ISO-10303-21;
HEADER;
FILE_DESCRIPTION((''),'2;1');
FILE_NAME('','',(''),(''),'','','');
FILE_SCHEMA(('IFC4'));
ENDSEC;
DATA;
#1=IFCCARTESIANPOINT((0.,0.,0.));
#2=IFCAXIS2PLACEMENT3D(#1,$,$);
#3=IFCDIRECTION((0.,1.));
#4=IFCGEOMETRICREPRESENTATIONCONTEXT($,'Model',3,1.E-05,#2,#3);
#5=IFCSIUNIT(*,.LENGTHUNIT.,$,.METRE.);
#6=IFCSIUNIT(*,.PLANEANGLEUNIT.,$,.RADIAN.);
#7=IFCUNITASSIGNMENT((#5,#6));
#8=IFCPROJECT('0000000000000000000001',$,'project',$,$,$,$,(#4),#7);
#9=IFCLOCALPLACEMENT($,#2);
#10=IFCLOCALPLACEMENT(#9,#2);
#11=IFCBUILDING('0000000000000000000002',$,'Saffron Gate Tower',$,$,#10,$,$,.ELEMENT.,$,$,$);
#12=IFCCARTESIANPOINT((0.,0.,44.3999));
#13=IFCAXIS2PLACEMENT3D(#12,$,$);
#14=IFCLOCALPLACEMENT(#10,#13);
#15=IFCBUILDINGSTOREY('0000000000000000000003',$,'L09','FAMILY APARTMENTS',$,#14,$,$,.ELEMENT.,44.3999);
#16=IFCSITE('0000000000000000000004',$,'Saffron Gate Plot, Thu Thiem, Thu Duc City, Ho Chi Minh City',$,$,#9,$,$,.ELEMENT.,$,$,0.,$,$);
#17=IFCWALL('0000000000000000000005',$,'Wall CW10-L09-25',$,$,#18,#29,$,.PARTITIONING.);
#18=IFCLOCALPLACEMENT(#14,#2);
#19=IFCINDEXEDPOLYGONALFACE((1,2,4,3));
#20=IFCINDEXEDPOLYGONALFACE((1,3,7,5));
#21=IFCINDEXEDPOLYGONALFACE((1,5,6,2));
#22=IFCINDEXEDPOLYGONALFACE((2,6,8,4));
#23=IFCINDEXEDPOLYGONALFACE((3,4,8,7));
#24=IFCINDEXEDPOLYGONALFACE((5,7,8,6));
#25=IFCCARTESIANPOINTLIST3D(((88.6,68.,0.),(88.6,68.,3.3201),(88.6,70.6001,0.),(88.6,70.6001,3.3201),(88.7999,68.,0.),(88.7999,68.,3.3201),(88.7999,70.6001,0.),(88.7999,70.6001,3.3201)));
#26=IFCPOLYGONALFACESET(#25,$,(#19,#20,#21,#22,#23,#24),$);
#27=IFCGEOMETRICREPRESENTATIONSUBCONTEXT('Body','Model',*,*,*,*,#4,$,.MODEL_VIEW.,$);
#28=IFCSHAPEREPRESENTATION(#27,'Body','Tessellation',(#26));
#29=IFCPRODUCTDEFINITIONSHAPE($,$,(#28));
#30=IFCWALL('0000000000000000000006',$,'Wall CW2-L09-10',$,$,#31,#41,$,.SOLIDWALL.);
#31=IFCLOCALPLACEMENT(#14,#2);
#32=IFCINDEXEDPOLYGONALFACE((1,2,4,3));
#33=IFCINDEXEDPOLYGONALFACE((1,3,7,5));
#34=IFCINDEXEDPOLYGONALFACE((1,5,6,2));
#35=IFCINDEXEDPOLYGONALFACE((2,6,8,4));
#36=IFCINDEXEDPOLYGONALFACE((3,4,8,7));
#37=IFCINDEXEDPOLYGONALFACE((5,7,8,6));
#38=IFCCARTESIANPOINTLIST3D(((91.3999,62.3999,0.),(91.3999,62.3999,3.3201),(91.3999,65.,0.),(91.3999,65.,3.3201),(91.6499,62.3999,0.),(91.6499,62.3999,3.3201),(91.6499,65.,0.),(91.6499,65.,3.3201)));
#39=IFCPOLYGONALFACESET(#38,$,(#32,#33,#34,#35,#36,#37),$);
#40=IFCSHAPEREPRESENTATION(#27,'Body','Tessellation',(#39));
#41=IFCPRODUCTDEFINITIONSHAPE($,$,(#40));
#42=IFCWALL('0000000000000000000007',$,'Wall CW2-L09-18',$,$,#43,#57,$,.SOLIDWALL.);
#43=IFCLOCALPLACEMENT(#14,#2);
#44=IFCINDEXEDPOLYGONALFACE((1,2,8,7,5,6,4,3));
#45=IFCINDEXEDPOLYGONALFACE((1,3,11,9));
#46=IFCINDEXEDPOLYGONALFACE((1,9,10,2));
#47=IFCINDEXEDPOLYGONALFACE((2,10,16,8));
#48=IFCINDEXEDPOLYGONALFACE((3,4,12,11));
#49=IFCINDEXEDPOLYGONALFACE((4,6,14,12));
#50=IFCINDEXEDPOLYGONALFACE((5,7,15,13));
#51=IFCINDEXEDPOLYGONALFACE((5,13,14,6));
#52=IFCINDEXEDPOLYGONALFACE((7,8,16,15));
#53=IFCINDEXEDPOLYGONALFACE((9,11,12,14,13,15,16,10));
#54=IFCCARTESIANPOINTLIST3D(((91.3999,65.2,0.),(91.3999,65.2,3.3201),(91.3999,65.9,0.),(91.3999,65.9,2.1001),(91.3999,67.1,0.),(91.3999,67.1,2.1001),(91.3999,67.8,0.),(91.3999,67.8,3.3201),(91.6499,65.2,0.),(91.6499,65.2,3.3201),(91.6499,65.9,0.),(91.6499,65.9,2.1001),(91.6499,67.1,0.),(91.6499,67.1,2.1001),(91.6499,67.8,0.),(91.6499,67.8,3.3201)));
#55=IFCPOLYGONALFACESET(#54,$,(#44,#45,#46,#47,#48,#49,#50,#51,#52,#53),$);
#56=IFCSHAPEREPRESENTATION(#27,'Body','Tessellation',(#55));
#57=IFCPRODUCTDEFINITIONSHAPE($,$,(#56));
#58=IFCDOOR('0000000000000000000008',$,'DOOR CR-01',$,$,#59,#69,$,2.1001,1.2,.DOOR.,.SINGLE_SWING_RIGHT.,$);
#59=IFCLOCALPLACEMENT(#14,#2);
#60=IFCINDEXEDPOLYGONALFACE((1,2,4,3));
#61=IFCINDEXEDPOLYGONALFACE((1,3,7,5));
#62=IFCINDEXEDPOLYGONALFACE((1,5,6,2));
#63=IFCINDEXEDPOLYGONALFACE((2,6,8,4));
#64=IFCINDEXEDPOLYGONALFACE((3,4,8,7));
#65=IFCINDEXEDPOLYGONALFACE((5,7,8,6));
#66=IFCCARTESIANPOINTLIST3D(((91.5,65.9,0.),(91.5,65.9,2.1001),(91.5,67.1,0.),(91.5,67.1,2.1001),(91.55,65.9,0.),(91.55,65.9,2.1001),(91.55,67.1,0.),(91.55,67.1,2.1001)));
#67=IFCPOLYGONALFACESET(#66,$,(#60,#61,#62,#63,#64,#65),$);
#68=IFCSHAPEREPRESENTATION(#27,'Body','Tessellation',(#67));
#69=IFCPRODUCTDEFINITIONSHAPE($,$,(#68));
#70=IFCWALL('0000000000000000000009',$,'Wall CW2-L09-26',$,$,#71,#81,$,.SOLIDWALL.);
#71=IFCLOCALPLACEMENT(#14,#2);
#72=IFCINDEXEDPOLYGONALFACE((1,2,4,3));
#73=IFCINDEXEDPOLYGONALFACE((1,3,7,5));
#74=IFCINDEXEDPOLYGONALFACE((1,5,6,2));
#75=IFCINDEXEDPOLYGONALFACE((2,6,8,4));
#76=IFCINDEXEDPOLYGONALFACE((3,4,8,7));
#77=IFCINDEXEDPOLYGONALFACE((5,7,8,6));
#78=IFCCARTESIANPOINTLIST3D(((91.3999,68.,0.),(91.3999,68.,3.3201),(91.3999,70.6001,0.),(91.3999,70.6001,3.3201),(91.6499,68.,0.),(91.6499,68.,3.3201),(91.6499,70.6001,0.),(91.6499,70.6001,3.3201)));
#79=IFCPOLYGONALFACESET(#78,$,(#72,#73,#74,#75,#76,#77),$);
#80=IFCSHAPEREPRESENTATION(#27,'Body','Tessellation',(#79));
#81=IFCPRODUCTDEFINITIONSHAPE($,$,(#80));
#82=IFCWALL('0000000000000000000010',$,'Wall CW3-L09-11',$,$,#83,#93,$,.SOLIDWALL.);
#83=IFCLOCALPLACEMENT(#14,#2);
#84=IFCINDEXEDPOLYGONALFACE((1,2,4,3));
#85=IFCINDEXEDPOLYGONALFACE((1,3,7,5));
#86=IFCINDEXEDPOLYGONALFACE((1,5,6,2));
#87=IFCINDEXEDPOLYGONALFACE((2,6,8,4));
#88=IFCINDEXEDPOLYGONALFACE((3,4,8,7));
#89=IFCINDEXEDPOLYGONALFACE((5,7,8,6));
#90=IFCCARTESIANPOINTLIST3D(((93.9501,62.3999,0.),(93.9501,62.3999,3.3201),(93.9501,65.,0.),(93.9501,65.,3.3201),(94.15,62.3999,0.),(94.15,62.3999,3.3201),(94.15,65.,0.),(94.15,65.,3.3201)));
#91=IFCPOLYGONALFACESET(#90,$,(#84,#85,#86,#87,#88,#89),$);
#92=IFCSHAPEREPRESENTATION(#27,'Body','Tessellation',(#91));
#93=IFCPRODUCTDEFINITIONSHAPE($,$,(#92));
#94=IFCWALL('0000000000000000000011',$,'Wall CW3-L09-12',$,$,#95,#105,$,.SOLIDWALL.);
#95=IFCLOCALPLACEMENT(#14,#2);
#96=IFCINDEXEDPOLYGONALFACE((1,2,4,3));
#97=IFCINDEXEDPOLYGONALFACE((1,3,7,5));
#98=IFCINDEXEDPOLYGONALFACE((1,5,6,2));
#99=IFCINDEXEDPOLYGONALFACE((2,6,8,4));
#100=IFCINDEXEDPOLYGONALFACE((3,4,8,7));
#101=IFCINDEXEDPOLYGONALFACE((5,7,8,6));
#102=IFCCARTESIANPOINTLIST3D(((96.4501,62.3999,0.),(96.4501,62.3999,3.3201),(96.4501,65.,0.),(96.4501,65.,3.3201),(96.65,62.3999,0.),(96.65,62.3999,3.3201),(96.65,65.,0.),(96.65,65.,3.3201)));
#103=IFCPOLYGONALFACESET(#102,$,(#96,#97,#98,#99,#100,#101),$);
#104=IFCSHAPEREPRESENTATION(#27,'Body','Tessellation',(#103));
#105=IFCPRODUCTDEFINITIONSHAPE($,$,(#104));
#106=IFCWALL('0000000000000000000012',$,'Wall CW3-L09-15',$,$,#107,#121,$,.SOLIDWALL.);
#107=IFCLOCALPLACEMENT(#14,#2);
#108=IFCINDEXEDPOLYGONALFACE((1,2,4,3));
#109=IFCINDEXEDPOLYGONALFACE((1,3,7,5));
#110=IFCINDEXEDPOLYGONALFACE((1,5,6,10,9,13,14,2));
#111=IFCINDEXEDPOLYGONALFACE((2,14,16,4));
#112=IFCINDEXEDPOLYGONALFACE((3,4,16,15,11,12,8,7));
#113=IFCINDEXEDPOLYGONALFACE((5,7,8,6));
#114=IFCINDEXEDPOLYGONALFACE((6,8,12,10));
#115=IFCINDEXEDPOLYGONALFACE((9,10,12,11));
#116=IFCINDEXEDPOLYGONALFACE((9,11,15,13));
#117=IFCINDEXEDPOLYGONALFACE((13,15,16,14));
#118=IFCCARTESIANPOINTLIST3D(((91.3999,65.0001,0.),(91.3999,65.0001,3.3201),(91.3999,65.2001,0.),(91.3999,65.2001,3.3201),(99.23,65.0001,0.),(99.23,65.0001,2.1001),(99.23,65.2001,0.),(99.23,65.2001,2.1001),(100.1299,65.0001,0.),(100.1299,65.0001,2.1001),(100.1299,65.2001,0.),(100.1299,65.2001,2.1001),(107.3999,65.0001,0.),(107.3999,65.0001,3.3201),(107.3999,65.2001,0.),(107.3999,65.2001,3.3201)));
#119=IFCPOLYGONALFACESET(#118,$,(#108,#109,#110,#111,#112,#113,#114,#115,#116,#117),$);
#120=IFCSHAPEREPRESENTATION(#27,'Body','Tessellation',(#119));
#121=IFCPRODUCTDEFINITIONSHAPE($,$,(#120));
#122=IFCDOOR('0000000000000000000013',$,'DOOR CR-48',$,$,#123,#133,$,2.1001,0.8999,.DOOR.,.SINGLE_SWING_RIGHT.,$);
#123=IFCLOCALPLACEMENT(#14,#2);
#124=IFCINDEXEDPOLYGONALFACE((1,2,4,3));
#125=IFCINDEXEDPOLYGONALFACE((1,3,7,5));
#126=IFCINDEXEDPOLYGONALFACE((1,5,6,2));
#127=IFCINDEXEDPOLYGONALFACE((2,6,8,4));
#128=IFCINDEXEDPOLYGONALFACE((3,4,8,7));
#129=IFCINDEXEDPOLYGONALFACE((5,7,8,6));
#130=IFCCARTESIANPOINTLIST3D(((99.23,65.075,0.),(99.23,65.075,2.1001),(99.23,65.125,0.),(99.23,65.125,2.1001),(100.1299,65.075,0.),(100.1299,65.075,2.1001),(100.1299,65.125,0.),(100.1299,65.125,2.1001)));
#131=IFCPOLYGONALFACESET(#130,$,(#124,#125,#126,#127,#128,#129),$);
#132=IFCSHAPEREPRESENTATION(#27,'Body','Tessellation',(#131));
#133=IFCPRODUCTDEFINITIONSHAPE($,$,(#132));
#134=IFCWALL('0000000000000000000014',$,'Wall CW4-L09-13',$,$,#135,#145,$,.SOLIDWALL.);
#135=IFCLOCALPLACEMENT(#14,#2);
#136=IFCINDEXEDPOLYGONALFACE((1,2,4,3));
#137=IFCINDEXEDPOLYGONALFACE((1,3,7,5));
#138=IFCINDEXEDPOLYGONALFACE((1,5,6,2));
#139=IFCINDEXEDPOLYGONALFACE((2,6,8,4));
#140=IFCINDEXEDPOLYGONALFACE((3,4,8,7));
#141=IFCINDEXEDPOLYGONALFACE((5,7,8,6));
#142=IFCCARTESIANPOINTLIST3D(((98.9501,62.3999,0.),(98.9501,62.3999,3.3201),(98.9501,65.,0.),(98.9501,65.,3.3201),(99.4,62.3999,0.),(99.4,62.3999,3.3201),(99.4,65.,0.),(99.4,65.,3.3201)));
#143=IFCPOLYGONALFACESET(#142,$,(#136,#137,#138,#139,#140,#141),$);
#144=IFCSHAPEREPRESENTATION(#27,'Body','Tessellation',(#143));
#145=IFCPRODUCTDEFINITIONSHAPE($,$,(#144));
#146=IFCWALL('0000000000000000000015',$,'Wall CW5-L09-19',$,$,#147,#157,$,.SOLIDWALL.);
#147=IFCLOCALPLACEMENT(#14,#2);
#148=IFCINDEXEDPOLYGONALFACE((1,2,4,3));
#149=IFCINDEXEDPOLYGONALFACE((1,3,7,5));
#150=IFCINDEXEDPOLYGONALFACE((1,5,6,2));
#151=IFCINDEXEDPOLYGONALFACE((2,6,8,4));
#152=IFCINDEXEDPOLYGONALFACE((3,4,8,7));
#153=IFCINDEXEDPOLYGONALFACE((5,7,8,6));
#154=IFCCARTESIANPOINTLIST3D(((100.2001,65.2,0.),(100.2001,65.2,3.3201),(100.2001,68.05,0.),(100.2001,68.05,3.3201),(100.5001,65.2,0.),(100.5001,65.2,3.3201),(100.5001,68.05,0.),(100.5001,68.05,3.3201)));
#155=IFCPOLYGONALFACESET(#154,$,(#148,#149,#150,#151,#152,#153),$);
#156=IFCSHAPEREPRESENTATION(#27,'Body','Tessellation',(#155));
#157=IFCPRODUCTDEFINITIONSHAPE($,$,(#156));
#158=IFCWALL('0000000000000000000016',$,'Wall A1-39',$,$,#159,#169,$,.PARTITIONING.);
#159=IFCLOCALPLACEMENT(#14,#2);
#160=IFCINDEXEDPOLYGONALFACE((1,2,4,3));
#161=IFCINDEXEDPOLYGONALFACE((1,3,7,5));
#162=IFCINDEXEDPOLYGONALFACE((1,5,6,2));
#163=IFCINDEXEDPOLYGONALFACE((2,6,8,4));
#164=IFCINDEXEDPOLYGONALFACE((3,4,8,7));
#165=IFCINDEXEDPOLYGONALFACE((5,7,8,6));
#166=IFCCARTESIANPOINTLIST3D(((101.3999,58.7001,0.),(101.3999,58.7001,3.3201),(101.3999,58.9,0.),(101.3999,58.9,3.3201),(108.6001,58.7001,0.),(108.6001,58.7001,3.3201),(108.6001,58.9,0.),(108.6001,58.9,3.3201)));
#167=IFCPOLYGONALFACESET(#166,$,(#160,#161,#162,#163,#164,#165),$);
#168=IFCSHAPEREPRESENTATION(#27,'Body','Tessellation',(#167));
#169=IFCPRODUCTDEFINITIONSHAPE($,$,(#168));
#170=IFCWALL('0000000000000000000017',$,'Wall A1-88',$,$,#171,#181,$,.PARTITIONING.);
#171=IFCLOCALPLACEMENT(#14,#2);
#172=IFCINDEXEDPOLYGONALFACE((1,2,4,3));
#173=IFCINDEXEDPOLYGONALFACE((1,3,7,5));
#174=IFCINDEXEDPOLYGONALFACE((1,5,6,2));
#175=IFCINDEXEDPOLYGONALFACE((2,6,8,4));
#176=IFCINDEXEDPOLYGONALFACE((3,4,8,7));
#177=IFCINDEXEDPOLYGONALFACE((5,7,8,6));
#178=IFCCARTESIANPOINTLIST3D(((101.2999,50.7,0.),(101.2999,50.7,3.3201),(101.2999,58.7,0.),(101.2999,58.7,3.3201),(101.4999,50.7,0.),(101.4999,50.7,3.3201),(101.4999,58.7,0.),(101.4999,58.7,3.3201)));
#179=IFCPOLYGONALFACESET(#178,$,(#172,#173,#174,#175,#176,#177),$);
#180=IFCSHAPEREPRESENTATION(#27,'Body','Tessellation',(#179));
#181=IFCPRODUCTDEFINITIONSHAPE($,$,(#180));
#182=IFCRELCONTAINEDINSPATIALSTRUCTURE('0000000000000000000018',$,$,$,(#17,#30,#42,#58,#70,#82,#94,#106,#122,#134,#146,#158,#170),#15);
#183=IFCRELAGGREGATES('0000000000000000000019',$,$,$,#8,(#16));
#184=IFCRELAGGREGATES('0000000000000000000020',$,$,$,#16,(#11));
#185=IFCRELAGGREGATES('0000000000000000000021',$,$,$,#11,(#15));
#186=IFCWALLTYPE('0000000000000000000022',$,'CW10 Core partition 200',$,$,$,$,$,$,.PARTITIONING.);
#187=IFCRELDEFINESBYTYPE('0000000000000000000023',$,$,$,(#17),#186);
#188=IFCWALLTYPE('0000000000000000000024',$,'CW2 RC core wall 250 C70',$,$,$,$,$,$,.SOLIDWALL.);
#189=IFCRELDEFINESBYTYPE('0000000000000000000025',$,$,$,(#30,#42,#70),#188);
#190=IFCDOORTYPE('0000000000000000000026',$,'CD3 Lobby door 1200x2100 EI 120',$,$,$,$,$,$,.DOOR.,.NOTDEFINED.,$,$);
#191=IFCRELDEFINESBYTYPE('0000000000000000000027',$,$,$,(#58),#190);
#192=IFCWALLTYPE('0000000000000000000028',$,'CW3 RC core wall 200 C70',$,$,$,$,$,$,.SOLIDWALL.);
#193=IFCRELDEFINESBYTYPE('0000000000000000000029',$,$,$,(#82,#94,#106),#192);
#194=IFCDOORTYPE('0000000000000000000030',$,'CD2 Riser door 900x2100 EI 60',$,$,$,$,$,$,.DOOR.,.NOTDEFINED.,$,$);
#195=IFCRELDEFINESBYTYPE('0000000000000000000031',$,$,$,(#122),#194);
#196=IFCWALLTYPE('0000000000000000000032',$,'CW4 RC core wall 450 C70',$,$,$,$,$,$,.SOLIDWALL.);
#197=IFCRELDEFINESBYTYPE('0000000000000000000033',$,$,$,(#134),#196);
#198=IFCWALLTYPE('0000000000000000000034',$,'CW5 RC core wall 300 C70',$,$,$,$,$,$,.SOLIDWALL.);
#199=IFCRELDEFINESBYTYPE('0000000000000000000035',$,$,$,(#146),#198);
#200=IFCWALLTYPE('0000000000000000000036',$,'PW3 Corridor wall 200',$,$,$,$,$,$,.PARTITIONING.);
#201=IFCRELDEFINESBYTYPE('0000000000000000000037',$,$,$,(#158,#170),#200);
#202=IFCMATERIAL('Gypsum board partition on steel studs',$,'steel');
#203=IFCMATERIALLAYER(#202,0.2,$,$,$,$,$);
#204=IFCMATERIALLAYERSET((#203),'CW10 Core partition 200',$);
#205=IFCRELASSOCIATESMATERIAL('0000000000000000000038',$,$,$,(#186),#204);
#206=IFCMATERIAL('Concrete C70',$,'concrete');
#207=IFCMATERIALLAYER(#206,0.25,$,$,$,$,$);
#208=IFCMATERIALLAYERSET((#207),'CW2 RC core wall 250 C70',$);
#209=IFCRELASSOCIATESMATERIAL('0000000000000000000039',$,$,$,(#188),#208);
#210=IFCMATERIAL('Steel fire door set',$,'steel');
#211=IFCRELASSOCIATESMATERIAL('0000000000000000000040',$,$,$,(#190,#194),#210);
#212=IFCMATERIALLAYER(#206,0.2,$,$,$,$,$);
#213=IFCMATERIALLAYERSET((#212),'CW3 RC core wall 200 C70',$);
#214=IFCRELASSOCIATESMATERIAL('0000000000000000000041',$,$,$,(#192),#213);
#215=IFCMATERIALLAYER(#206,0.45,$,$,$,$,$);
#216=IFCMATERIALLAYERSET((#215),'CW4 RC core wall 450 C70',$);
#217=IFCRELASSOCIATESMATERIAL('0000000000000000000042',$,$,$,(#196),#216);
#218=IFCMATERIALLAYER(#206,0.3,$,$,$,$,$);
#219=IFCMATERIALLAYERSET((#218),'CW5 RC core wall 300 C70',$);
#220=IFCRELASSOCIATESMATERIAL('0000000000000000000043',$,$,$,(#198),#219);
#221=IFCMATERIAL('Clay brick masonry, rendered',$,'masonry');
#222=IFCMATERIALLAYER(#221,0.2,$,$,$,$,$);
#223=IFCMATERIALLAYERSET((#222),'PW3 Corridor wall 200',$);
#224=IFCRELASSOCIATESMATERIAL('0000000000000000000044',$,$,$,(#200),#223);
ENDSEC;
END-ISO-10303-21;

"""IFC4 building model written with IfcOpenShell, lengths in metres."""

from ifc_helpers import new_model, si_unit, direction, frame, frame_2d, origin, place, context, subcontext, project, spatial, rectangle, extrude, material, layer, layer_set, type_object, element, fill, save


model = new_model("IFC4")

# Units and contexts
model_context = context("Model", 3, precision=1e-05, world=origin(), true_north=direction((0.0, 1.0)))
body_context = subcontext(model_context, "Body", "Model", "MODEL_VIEW")
ifc_project = project(units=[si_unit("LENGTHUNIT", "METRE"), si_unit("PLANEANGLEUNIT", "RADIAN")], contexts=[model_context])

# Site, building, storey
site_placement = place(None, origin())
site = spatial("IfcSite", under=ifc_project, at=site_placement, Name="Saffron Gate Plot, Thu Thiem, Thu Duc City, Ho Chi Minh City", CompositionType="ELEMENT", RefElevation=0.0)
building_placement = place(site_placement, origin())
building = spatial("IfcBuilding", under=site, at=building_placement, Name="Saffron Gate Tower", CompositionType="ELEMENT")
storey_placement = place(building_placement, frame((0.0, 0.0, 44.3999)))
storey = spatial("IfcBuildingStorey", under=building, at=storey_placement, Name="L09", Description="FAMILY APARTMENTS", CompositionType="ELEMENT", Elevation=44.3999)

# Walls
ifc_material_1 = material(Name="Gypsum board partition on steel studs", Category="steel")
ifc_layer_1 = layer(ifc_material_1, 0.2)
ifc_layer_set_1 = layer_set([ifc_layer_1], Name="CW10 Core partition 200")
wall_type_1 = type_object("IfcWallType", Name="CW10 Core partition 200", PredefinedType="PARTITIONING", material=ifc_layer_set_1)
wall_1_placement = place(storey_placement, frame((88.7, 68.0, 0.0), z_axis=(0.0, 0.0, 1.0), x_axis=(0.0, 1.0, 0.0)))
element("IfcWall", 1, at=wall_1_placement, inside=storey, type_object=wall_type_1, Name="Wall CW10-L09-25", PredefinedType="PARTITIONING", context=body_context, shape_type="SweptSolid", body=[
    extrude(rectangle(XDim=2.6001, YDim=0.2, at=frame_2d((1.3, 0.0))), origin(), (0.0, 0.0, 1.0), 3.3201),
])
ifc_material_2 = material(Name="Concrete C70", Category="concrete")
ifc_layer_2 = layer(ifc_material_2, 0.25)
ifc_layer_set_2 = layer_set([ifc_layer_2], Name="CW2 RC core wall 250 C70")
wall_type_2 = type_object("IfcWallType", Name="CW2 RC core wall 250 C70", PredefinedType="SOLIDWALL", material=ifc_layer_set_2)
wall_2_placement = place(storey_placement, frame((91.5249, 62.3999, 0.0), z_axis=(0.0, 0.0, 1.0), x_axis=(0.0, 1.0, 0.0)))
element("IfcWall", 2, at=wall_2_placement, inside=storey, type_object=wall_type_2, Name="Wall CW2-L09-10", PredefinedType="SOLIDWALL", context=body_context, shape_type="SweptSolid", body=[
    extrude(rectangle(XDim=2.6001, YDim=0.25, at=frame_2d((1.3, 0.0))), origin(), (0.0, 0.0, 1.0), 3.3201),
])

# Wall, opening, door
wall_3_placement = place(storey_placement, frame((91.5249, 65.2, 0.0), z_axis=(0.0, 0.0, 1.0), x_axis=(0.0, 1.0, 0.0)))
wall_3 = element("IfcWall", 3, at=wall_3_placement, inside=storey, type_object=wall_type_2, Name="Wall CW2-L09-18", PredefinedType="SOLIDWALL", context=body_context, shape_type="SweptSolid", body=[
    extrude(rectangle(XDim=2.6001, YDim=0.25, at=frame_2d((1.3, 0.0))), origin(), (0.0, 0.0, 1.0), 3.3201),
])
opening_1_placement = place(wall_3_placement, frame((0.7, 0.0, 0.0)))
opening_1 = element("IfcOpeningElement", 4, at=opening_1_placement, cuts=wall_3, PredefinedType="OPENING", context=body_context, shape_type="SweptSolid", body=[
    extrude(rectangle(XDim=1.2, YDim=2.1001, at=frame_2d((0.6001, 1.05))), frame((0.0, 0.135, 0.0), z_axis=(0.0, -1.0, 0.0), x_axis=(1.0, 0.0, 0.0)), (0.0, 0.0, 1.0), 0.27),
])
ifc_material_3 = material(Name="Steel fire door set", Category="steel")
door_type_1 = type_object("IfcDoorType", Name="CD3 Lobby door 1200x2100 EI 120", OperationType="NOTDEFINED", PredefinedType="DOOR", material=ifc_material_3)
door_1_placement = place(opening_1_placement, origin())
door_1 = element("IfcDoor", 5, at=door_1_placement, inside=storey, type_object=door_type_1, Name="DOOR CR-01", OperationType="SINGLE_SWING_RIGHT", OverallHeight=2.1001, OverallWidth=1.2, PredefinedType="DOOR", context=body_context, shape_type="SweptSolid", body=[
    extrude(rectangle(XDim=1.2, YDim=2.1001, at=frame_2d((0.6001, 1.05))), frame((0.0, 0.0249, 0.0), z_axis=(0.0, -1.0, 0.0), x_axis=(1.0, 0.0, 0.0)), (0.0, 0.0, 1.0), 0.05),
])
fill(opening_1, door_1)

# Walls
wall_4_placement = place(storey_placement, frame((91.5249, 68.0, 0.0), z_axis=(0.0, 0.0, 1.0), x_axis=(0.0, 1.0, 0.0)))
element("IfcWall", 6, at=wall_4_placement, inside=storey, type_object=wall_type_2, Name="Wall CW2-L09-26", PredefinedType="SOLIDWALL", context=body_context, shape_type="SweptSolid", body=[
    extrude(rectangle(XDim=2.6001, YDim=0.25, at=frame_2d((1.3, 0.0))), origin(), (0.0, 0.0, 1.0), 3.3201),
])
ifc_layer_3 = layer(ifc_material_2, 0.2)
ifc_layer_set_3 = layer_set([ifc_layer_3], Name="CW3 RC core wall 200 C70")
wall_type_3 = type_object("IfcWallType", Name="CW3 RC core wall 200 C70", PredefinedType="SOLIDWALL", material=ifc_layer_set_3)
for number, where, z_axis, x_axis, name in (
    (7, (94.05, 62.3999, 0.0), (0.0, 0.0, 1.0), (0.0, 1.0, 0.0), "Wall CW3-L09-11"),
    (8, (96.55, 62.3999, 0.0), (0.0, 0.0, 1.0), (0.0, 1.0, 0.0), "Wall CW3-L09-12"),
):
    element("IfcWall", number, at=place(storey_placement, frame(where, z_axis=z_axis, x_axis=x_axis)), inside=storey, type_object=wall_type_3, Name=name, PredefinedType="SOLIDWALL", context=body_context, shape_type="SweptSolid", body=[
        extrude(rectangle(XDim=2.6001, YDim=0.2, at=frame_2d((1.3, 0.0))), origin(), (0.0, 0.0, 1.0), 3.3201),
    ])

# Wall, opening, door
wall_5_placement = place(storey_placement, frame((91.3999, 65.1001, 0.0), z_axis=(0.0, 0.0, 1.0), x_axis=(1.0, 0.0, 0.0)))
wall_5 = element("IfcWall", 9, at=wall_5_placement, inside=storey, type_object=wall_type_3, Name="Wall CW3-L09-15", PredefinedType="SOLIDWALL", context=body_context, shape_type="SweptSolid", body=[
    extrude(rectangle(XDim=16.0, YDim=0.2, at=frame_2d((8.0, 0.0))), origin(), (0.0, 0.0, 1.0), 3.3201),
])
opening_2_placement = place(wall_5_placement, frame((7.8301, 0.0, 0.0)))
opening_2 = element("IfcOpeningElement", 10, at=opening_2_placement, cuts=wall_5, PredefinedType="OPENING", context=body_context, shape_type="SweptSolid", body=[
    extrude(rectangle(XDim=0.8999, YDim=2.1001, at=frame_2d((0.45, 1.05))), frame((0.0, 0.1099, 0.0), z_axis=(0.0, -1.0, 0.0), x_axis=(1.0, 0.0, 0.0)), (0.0, 0.0, 1.0), 0.22),
])
door_type_2 = type_object("IfcDoorType", Name="CD2 Riser door 900x2100 EI 60", OperationType="NOTDEFINED", PredefinedType="DOOR", material=ifc_material_3)
door_2_placement = place(opening_2_placement, origin())
door_2 = element("IfcDoor", 11, at=door_2_placement, inside=storey, type_object=door_type_2, Name="DOOR CR-48", OperationType="SINGLE_SWING_RIGHT", OverallHeight=2.1001, OverallWidth=0.8999, PredefinedType="DOOR", context=body_context, shape_type="SweptSolid", body=[
    extrude(rectangle(XDim=0.8999, YDim=2.1001, at=frame_2d((0.45, 1.05))), frame((0.0, 0.0249, 0.0), z_axis=(0.0, -1.0, 0.0), x_axis=(1.0, 0.0, 0.0)), (0.0, 0.0, 1.0), 0.05),
])
fill(opening_2, door_2)

# Walls
ifc_layer_4 = layer(ifc_material_2, 0.45)
ifc_layer_set_4 = layer_set([ifc_layer_4], Name="CW4 RC core wall 450 C70")
wall_type_4 = type_object("IfcWallType", Name="CW4 RC core wall 450 C70", PredefinedType="SOLIDWALL", material=ifc_layer_set_4)
wall_6_placement = place(storey_placement, frame((99.175, 62.3999, 0.0), z_axis=(0.0, 0.0, 1.0), x_axis=(0.0, 1.0, 0.0)))
element("IfcWall", 12, at=wall_6_placement, inside=storey, type_object=wall_type_4, Name="Wall CW4-L09-13", PredefinedType="SOLIDWALL", context=body_context, shape_type="SweptSolid", body=[
    extrude(rectangle(XDim=2.6001, YDim=0.45, at=frame_2d((1.3, 0.0))), origin(), (0.0, 0.0, 1.0), 3.3201),
])
ifc_layer_5 = layer(ifc_material_2, 0.3)
ifc_layer_set_5 = layer_set([ifc_layer_5], Name="CW5 RC core wall 300 C70")
wall_type_5 = type_object("IfcWallType", Name="CW5 RC core wall 300 C70", PredefinedType="SOLIDWALL", material=ifc_layer_set_5)
wall_7_placement = place(storey_placement, frame((100.3501, 65.2, 0.0), z_axis=(0.0, 0.0, 1.0), x_axis=(0.0, 1.0, 0.0)))
element("IfcWall", 13, at=wall_7_placement, inside=storey, type_object=wall_type_5, Name="Wall CW5-L09-19", PredefinedType="SOLIDWALL", context=body_context, shape_type="SweptSolid", body=[
    extrude(rectangle(XDim=2.8501, YDim=0.3, at=frame_2d((1.425, 0.0))), origin(), (0.0, 0.0, 1.0), 3.3201),
])
ifc_material_4 = material(Name="Clay brick masonry, rendered", Category="masonry")
ifc_layer_6 = layer(ifc_material_4, 0.2)
ifc_layer_set_6 = layer_set([ifc_layer_6], Name="PW3 Corridor wall 200")
wall_type_6 = type_object("IfcWallType", Name="PW3 Corridor wall 200", PredefinedType="PARTITIONING", material=ifc_layer_set_6)
wall_8_placement = place(storey_placement, frame((101.3999, 58.8, 0.0), z_axis=(0.0, 0.0, 1.0), x_axis=(1.0, 0.0, 0.0)))
element("IfcWall", 14, at=wall_8_placement, inside=storey, type_object=wall_type_6, Name="Wall A1-39", PredefinedType="PARTITIONING", context=body_context, shape_type="SweptSolid", body=[
    extrude(rectangle(XDim=7.2002, YDim=0.2, at=frame_2d((3.6001, 0.0))), origin(), (0.0, 0.0, 1.0), 3.3201),
])
wall_9_placement = place(storey_placement, frame((101.3999, 58.7, 0.0), z_axis=(0.0, 0.0, 1.0), x_axis=(0.0, -1.0, 0.0)))
element("IfcWall", 15, at=wall_9_placement, inside=storey, type_object=wall_type_6, Name="Wall A1-88", PredefinedType="PARTITIONING", context=body_context, shape_type="SweptSolid", body=[
    extrude(rectangle(XDim=8.0, YDim=0.2, at=frame_2d((4.0, 0.0))), origin(), (0.0, 0.0, 1.0), 3.3201),
])

save(model, "model.ifc")
